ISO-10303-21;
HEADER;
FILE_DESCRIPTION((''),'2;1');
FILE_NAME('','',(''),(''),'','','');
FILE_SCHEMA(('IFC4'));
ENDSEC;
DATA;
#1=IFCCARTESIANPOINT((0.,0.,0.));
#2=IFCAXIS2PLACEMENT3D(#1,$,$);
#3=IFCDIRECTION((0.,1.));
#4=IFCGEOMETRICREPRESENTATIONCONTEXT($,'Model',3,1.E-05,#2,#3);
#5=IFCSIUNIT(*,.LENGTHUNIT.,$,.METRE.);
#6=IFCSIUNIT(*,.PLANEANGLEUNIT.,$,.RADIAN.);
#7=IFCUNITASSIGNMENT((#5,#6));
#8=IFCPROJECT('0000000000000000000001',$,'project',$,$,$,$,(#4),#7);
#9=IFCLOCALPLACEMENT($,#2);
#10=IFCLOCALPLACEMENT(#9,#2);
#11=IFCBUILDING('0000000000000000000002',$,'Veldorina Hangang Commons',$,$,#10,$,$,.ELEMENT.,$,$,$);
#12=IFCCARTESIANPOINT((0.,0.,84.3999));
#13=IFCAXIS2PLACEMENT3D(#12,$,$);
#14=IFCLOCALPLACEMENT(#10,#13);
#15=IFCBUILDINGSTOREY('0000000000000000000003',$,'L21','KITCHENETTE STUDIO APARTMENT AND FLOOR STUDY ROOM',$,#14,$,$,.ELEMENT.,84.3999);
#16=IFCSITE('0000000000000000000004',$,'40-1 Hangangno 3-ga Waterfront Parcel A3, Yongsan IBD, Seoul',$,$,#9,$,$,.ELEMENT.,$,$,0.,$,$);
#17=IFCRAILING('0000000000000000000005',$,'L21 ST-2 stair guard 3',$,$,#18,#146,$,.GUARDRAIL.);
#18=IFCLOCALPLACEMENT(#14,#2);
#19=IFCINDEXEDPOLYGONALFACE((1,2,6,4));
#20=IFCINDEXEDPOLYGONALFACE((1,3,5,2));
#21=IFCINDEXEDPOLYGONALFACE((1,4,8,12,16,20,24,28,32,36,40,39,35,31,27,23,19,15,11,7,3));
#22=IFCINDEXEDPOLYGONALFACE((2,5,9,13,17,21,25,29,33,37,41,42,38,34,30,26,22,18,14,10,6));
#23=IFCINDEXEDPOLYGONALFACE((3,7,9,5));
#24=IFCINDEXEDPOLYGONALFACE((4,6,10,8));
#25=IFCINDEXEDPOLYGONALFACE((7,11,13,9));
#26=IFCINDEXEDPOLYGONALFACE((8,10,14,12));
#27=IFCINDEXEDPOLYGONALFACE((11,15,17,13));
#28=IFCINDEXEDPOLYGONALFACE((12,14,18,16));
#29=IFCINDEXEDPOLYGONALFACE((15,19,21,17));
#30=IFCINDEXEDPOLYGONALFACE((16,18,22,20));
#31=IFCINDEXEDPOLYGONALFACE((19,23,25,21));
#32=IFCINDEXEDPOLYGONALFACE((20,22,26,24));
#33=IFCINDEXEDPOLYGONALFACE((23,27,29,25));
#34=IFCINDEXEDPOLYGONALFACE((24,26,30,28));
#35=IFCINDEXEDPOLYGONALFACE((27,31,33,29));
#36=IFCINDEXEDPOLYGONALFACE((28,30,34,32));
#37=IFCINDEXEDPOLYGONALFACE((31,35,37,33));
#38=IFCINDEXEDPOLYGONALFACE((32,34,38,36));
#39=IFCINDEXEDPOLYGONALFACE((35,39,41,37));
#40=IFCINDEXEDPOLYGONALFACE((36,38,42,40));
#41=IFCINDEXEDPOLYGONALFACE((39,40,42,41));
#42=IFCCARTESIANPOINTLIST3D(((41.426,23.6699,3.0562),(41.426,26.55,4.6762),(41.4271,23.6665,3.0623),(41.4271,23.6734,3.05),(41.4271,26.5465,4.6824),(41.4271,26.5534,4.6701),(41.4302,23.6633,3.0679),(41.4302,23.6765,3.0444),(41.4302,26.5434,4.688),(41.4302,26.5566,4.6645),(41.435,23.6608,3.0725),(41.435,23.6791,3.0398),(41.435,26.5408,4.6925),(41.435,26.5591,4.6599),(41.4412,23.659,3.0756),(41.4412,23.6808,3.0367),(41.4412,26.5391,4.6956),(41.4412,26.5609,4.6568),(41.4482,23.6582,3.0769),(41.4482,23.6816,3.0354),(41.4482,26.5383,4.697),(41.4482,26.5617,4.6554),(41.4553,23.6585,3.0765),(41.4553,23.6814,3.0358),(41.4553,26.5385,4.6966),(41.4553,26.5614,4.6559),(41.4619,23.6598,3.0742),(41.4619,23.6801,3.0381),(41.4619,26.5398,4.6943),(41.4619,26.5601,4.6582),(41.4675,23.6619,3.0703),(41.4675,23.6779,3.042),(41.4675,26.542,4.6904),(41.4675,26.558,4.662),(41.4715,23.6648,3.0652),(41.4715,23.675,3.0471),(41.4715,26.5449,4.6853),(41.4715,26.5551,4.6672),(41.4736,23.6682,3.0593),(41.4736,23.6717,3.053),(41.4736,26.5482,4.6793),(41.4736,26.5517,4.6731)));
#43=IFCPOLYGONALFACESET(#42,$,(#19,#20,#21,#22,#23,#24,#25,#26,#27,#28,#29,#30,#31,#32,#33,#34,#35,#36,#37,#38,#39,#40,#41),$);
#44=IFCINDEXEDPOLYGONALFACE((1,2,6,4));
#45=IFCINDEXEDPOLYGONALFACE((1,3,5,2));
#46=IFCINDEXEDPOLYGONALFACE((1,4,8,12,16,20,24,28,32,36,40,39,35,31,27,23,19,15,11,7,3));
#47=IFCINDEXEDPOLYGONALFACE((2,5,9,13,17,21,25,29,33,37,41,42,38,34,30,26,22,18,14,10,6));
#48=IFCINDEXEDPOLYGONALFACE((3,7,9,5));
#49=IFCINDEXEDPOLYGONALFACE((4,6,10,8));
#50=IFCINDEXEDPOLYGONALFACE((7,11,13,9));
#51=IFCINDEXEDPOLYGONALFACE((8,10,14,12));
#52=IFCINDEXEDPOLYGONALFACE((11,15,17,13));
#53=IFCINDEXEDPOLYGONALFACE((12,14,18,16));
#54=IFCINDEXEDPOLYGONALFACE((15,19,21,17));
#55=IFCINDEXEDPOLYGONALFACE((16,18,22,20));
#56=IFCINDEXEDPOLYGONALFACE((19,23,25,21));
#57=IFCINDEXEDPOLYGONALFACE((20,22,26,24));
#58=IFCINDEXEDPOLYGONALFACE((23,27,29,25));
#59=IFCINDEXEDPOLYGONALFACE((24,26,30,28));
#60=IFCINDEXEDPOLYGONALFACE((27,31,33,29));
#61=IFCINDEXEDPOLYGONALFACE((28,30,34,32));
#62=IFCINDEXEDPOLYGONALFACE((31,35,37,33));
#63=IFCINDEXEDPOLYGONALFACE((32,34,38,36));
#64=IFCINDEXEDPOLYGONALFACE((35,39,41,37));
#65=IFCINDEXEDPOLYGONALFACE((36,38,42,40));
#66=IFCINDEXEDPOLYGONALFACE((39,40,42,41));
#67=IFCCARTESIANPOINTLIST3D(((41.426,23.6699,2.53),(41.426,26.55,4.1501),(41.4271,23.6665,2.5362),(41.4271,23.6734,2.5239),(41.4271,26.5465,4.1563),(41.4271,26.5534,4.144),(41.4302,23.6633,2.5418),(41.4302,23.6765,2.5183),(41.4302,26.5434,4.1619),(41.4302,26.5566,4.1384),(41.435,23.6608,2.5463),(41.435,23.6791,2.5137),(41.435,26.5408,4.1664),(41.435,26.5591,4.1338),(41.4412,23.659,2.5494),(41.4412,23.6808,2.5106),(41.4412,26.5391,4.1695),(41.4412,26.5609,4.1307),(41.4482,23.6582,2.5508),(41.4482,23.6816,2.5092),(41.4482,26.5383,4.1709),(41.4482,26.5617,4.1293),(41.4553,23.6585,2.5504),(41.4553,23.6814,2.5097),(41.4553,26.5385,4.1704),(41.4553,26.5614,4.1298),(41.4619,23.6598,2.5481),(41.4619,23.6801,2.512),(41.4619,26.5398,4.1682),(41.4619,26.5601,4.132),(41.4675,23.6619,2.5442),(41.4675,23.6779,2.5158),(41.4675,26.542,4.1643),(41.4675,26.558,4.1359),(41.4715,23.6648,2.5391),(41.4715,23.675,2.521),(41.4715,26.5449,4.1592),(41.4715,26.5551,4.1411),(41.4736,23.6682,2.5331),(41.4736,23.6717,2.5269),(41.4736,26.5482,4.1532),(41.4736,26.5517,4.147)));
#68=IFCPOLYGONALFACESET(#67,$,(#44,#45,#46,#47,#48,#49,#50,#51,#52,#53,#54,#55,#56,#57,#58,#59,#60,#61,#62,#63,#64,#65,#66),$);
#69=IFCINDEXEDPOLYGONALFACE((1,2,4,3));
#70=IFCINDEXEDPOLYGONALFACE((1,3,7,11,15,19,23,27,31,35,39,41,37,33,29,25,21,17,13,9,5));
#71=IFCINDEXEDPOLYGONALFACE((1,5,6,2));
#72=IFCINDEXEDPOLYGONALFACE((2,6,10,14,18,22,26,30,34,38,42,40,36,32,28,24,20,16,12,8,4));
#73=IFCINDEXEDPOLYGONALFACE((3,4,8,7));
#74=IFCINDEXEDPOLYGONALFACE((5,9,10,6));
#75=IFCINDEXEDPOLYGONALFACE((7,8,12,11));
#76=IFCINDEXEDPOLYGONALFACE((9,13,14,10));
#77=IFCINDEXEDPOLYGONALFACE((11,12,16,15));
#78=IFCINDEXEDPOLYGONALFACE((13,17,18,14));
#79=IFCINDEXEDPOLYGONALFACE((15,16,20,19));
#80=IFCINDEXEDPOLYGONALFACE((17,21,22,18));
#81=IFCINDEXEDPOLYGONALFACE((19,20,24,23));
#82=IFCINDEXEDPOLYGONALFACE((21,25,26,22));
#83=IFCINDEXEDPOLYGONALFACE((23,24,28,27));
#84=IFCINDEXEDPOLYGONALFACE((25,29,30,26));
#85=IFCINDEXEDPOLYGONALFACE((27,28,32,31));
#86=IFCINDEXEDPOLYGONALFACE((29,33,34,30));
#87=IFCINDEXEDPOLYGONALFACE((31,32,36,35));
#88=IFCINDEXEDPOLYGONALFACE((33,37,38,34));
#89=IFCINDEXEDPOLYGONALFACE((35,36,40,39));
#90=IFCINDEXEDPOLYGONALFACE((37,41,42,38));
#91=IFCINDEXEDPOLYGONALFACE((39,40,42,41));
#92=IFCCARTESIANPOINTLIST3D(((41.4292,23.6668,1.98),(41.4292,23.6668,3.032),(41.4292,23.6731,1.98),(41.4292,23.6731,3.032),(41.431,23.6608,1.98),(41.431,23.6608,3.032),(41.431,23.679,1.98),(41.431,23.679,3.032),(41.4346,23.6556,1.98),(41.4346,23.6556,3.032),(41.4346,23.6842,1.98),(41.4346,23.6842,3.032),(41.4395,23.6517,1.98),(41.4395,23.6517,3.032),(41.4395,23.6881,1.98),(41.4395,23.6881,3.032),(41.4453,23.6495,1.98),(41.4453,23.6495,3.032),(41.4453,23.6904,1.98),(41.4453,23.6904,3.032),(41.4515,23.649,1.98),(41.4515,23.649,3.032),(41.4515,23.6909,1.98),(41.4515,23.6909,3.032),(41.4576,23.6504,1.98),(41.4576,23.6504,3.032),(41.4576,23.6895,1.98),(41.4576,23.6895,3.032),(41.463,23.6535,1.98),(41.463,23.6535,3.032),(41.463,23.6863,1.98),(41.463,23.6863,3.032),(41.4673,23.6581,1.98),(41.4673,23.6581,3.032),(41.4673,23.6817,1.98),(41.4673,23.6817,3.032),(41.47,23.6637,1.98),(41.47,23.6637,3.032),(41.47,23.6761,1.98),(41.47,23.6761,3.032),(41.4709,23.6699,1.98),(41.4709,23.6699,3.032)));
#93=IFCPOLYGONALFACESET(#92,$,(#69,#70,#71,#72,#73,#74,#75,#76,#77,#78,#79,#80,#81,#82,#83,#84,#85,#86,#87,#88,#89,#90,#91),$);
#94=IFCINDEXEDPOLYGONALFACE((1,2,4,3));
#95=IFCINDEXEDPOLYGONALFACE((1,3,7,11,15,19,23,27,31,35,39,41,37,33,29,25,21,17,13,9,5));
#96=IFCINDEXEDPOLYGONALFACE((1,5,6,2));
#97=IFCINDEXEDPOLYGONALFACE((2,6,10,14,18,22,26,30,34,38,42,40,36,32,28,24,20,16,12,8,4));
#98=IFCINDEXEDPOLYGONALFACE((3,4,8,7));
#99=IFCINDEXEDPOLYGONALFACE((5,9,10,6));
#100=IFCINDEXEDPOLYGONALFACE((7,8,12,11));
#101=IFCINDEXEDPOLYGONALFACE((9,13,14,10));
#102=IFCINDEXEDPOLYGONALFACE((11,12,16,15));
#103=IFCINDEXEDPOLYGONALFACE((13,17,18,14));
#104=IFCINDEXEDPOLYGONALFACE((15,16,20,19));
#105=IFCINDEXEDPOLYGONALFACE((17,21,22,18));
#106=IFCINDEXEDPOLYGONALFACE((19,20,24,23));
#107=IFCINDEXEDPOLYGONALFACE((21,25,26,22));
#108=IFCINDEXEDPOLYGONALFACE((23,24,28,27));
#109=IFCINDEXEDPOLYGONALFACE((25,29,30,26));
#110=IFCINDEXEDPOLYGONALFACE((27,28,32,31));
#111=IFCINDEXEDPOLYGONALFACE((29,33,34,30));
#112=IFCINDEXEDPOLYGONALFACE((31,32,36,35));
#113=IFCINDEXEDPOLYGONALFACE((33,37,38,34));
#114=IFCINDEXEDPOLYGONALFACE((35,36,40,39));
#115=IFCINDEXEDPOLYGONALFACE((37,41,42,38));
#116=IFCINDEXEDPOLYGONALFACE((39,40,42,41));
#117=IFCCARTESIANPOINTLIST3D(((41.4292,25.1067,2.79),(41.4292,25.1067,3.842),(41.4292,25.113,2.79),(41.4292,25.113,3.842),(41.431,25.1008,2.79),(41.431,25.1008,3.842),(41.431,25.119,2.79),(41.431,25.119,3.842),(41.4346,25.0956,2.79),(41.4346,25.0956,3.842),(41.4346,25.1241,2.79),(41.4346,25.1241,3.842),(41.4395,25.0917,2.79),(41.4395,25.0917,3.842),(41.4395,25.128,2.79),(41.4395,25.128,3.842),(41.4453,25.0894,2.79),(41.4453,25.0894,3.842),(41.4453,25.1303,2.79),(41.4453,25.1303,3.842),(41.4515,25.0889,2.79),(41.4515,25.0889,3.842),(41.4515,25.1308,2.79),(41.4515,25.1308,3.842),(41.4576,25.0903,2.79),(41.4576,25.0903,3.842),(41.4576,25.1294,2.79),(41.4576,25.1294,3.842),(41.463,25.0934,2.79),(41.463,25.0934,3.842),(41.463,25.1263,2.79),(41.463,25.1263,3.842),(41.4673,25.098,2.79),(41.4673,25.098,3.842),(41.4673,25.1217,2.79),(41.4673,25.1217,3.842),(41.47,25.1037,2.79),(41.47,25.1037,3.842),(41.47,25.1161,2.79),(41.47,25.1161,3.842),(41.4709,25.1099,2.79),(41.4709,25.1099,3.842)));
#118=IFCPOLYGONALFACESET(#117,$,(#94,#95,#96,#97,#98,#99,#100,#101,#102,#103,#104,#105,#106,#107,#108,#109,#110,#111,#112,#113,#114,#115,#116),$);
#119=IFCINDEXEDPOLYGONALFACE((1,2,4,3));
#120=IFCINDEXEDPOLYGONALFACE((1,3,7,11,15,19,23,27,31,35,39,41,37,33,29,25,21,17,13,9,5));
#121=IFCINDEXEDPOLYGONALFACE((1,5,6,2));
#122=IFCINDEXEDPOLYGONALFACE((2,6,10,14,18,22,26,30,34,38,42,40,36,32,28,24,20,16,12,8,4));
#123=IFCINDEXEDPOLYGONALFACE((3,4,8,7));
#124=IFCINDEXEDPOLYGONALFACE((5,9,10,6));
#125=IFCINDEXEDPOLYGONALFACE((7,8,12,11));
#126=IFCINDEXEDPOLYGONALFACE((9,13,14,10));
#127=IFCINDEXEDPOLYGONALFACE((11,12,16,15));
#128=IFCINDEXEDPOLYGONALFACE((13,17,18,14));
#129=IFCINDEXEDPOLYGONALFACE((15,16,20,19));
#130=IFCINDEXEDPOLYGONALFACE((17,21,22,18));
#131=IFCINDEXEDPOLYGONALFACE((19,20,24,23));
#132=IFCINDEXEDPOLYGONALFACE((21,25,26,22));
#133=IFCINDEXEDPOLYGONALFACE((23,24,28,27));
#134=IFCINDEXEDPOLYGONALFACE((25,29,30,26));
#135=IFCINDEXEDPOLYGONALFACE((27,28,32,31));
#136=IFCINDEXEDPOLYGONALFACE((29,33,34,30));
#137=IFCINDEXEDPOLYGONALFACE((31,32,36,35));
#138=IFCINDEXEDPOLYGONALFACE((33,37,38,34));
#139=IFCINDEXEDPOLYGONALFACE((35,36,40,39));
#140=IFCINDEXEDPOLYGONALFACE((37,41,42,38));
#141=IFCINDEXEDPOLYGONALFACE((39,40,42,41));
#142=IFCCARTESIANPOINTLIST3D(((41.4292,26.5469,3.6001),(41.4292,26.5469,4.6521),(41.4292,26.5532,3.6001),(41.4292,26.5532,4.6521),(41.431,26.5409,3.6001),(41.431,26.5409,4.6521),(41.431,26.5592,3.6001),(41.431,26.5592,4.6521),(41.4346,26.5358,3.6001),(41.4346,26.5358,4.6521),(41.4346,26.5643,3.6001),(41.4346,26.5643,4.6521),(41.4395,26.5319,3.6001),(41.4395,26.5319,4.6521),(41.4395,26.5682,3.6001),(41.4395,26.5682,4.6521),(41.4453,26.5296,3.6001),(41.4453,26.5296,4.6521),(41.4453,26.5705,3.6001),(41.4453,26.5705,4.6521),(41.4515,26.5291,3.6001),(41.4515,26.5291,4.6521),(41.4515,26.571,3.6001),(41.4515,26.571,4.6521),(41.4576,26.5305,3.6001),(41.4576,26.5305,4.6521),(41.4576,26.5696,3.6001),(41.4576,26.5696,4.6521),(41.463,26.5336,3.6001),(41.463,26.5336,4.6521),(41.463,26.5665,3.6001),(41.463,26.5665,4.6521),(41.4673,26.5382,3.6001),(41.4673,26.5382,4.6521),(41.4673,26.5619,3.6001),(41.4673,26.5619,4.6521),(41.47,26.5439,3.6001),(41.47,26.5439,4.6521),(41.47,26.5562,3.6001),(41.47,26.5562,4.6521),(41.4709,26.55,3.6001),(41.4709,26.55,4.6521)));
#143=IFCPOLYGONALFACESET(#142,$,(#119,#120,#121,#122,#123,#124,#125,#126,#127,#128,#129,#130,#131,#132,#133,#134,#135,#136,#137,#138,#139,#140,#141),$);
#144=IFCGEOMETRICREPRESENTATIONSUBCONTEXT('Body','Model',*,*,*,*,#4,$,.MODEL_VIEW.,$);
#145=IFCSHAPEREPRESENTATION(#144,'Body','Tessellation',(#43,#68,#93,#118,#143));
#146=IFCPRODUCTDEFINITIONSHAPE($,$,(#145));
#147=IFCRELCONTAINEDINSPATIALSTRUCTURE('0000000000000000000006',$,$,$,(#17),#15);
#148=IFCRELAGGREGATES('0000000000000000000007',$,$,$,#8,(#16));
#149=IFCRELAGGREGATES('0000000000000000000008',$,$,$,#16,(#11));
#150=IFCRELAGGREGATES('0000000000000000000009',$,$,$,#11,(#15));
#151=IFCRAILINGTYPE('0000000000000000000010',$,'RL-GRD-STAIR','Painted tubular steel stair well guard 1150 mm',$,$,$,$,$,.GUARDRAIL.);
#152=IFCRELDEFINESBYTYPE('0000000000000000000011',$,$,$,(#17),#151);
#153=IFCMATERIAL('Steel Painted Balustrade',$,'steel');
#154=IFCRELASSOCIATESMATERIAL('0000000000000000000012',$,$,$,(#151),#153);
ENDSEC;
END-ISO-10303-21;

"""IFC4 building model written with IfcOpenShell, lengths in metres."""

from ifc_helpers import new_model, si_unit, direction, frame, origin, origin_2d, place, context, subcontext, project, spatial, circle, extrude, material, type_object, element, save


model = new_model("IFC4")

# Units and contexts
model_context = context("Model", 3, precision=1e-05, world=origin(), true_north=direction((0.0, 1.0)))
body_context = subcontext(model_context, "Body", "Model", "MODEL_VIEW")
ifc_project = project(units=[si_unit("LENGTHUNIT", "METRE"), si_unit("PLANEANGLEUNIT", "RADIAN")], contexts=[model_context])

# Site, building, storey
site_placement = place(None, origin())
site = spatial("IfcSite", under=ifc_project, at=site_placement, Name="40-1 Hangangno 3-ga Waterfront Parcel A3, Yongsan IBD, Seoul", CompositionType="ELEMENT", RefElevation=0.0)
building_placement = place(site_placement, origin())
building = spatial("IfcBuilding", under=site, at=building_placement, Name="Veldorina Hangang Commons", CompositionType="ELEMENT")
storey_placement = place(building_placement, frame((0.0, 0.0, 84.3999)))
storey = spatial("IfcBuildingStorey", under=building, at=storey_placement, Name="L21", Description="KITCHENETTE STUDIO APARTMENT AND FLOOR STUDY ROOM", CompositionType="ELEMENT", Elevation=84.3999)

# Railing
ifc_material_1 = material(Name="Steel Painted Balustrade", Category="steel")
railing_type_1 = type_object("IfcRailingType", Name="RL-GRD-STAIR", Description="Painted tubular steel stair well guard 1150 mm", PredefinedType="GUARDRAIL", material=ifc_material_1)
railing_1_placement = place(storey_placement, frame((41.45, 23.6699, 1.98)))
element("IfcRailing", 1, at=railing_1_placement, inside=storey, type_object=railing_type_1, Name="L21 ST-2 stair guard 3", PredefinedType="GUARDRAIL", context=body_context, shape_type="SweptSolid", body=[
    extrude(circle(Radius=0.0239, at=origin_2d()), frame((0.0, 0.0, 1.0762), z_axis=(0.0, 0.87157, 0.490272), x_axis=(-1.0, 0.0, 0.0)), (0.0, 0.0, 1.0), 3.3044),
    extrude(circle(Radius=0.0239, at=origin_2d()), frame((0.0, 0.0, 0.55), z_axis=(0.0, 0.87157, 0.490272), x_axis=(-1.0, 0.0, 0.0)), (0.0, 0.0, 1.0), 3.3044),
    extrude(circle(Radius=0.021, at=origin_2d()), origin(), (0.0, 0.0, 1.0), 1.052),
    extrude(circle(Radius=0.021, at=origin_2d()), frame((0.0, 1.4399, 0.8101)), (0.0, 0.0, 1.0), 1.052),
    extrude(circle(Radius=0.021, at=origin_2d()), frame((0.0, 2.8801, 1.6201)), (0.0, 0.0, 1.0), 1.052),
])

save(model, "model.ifc")
